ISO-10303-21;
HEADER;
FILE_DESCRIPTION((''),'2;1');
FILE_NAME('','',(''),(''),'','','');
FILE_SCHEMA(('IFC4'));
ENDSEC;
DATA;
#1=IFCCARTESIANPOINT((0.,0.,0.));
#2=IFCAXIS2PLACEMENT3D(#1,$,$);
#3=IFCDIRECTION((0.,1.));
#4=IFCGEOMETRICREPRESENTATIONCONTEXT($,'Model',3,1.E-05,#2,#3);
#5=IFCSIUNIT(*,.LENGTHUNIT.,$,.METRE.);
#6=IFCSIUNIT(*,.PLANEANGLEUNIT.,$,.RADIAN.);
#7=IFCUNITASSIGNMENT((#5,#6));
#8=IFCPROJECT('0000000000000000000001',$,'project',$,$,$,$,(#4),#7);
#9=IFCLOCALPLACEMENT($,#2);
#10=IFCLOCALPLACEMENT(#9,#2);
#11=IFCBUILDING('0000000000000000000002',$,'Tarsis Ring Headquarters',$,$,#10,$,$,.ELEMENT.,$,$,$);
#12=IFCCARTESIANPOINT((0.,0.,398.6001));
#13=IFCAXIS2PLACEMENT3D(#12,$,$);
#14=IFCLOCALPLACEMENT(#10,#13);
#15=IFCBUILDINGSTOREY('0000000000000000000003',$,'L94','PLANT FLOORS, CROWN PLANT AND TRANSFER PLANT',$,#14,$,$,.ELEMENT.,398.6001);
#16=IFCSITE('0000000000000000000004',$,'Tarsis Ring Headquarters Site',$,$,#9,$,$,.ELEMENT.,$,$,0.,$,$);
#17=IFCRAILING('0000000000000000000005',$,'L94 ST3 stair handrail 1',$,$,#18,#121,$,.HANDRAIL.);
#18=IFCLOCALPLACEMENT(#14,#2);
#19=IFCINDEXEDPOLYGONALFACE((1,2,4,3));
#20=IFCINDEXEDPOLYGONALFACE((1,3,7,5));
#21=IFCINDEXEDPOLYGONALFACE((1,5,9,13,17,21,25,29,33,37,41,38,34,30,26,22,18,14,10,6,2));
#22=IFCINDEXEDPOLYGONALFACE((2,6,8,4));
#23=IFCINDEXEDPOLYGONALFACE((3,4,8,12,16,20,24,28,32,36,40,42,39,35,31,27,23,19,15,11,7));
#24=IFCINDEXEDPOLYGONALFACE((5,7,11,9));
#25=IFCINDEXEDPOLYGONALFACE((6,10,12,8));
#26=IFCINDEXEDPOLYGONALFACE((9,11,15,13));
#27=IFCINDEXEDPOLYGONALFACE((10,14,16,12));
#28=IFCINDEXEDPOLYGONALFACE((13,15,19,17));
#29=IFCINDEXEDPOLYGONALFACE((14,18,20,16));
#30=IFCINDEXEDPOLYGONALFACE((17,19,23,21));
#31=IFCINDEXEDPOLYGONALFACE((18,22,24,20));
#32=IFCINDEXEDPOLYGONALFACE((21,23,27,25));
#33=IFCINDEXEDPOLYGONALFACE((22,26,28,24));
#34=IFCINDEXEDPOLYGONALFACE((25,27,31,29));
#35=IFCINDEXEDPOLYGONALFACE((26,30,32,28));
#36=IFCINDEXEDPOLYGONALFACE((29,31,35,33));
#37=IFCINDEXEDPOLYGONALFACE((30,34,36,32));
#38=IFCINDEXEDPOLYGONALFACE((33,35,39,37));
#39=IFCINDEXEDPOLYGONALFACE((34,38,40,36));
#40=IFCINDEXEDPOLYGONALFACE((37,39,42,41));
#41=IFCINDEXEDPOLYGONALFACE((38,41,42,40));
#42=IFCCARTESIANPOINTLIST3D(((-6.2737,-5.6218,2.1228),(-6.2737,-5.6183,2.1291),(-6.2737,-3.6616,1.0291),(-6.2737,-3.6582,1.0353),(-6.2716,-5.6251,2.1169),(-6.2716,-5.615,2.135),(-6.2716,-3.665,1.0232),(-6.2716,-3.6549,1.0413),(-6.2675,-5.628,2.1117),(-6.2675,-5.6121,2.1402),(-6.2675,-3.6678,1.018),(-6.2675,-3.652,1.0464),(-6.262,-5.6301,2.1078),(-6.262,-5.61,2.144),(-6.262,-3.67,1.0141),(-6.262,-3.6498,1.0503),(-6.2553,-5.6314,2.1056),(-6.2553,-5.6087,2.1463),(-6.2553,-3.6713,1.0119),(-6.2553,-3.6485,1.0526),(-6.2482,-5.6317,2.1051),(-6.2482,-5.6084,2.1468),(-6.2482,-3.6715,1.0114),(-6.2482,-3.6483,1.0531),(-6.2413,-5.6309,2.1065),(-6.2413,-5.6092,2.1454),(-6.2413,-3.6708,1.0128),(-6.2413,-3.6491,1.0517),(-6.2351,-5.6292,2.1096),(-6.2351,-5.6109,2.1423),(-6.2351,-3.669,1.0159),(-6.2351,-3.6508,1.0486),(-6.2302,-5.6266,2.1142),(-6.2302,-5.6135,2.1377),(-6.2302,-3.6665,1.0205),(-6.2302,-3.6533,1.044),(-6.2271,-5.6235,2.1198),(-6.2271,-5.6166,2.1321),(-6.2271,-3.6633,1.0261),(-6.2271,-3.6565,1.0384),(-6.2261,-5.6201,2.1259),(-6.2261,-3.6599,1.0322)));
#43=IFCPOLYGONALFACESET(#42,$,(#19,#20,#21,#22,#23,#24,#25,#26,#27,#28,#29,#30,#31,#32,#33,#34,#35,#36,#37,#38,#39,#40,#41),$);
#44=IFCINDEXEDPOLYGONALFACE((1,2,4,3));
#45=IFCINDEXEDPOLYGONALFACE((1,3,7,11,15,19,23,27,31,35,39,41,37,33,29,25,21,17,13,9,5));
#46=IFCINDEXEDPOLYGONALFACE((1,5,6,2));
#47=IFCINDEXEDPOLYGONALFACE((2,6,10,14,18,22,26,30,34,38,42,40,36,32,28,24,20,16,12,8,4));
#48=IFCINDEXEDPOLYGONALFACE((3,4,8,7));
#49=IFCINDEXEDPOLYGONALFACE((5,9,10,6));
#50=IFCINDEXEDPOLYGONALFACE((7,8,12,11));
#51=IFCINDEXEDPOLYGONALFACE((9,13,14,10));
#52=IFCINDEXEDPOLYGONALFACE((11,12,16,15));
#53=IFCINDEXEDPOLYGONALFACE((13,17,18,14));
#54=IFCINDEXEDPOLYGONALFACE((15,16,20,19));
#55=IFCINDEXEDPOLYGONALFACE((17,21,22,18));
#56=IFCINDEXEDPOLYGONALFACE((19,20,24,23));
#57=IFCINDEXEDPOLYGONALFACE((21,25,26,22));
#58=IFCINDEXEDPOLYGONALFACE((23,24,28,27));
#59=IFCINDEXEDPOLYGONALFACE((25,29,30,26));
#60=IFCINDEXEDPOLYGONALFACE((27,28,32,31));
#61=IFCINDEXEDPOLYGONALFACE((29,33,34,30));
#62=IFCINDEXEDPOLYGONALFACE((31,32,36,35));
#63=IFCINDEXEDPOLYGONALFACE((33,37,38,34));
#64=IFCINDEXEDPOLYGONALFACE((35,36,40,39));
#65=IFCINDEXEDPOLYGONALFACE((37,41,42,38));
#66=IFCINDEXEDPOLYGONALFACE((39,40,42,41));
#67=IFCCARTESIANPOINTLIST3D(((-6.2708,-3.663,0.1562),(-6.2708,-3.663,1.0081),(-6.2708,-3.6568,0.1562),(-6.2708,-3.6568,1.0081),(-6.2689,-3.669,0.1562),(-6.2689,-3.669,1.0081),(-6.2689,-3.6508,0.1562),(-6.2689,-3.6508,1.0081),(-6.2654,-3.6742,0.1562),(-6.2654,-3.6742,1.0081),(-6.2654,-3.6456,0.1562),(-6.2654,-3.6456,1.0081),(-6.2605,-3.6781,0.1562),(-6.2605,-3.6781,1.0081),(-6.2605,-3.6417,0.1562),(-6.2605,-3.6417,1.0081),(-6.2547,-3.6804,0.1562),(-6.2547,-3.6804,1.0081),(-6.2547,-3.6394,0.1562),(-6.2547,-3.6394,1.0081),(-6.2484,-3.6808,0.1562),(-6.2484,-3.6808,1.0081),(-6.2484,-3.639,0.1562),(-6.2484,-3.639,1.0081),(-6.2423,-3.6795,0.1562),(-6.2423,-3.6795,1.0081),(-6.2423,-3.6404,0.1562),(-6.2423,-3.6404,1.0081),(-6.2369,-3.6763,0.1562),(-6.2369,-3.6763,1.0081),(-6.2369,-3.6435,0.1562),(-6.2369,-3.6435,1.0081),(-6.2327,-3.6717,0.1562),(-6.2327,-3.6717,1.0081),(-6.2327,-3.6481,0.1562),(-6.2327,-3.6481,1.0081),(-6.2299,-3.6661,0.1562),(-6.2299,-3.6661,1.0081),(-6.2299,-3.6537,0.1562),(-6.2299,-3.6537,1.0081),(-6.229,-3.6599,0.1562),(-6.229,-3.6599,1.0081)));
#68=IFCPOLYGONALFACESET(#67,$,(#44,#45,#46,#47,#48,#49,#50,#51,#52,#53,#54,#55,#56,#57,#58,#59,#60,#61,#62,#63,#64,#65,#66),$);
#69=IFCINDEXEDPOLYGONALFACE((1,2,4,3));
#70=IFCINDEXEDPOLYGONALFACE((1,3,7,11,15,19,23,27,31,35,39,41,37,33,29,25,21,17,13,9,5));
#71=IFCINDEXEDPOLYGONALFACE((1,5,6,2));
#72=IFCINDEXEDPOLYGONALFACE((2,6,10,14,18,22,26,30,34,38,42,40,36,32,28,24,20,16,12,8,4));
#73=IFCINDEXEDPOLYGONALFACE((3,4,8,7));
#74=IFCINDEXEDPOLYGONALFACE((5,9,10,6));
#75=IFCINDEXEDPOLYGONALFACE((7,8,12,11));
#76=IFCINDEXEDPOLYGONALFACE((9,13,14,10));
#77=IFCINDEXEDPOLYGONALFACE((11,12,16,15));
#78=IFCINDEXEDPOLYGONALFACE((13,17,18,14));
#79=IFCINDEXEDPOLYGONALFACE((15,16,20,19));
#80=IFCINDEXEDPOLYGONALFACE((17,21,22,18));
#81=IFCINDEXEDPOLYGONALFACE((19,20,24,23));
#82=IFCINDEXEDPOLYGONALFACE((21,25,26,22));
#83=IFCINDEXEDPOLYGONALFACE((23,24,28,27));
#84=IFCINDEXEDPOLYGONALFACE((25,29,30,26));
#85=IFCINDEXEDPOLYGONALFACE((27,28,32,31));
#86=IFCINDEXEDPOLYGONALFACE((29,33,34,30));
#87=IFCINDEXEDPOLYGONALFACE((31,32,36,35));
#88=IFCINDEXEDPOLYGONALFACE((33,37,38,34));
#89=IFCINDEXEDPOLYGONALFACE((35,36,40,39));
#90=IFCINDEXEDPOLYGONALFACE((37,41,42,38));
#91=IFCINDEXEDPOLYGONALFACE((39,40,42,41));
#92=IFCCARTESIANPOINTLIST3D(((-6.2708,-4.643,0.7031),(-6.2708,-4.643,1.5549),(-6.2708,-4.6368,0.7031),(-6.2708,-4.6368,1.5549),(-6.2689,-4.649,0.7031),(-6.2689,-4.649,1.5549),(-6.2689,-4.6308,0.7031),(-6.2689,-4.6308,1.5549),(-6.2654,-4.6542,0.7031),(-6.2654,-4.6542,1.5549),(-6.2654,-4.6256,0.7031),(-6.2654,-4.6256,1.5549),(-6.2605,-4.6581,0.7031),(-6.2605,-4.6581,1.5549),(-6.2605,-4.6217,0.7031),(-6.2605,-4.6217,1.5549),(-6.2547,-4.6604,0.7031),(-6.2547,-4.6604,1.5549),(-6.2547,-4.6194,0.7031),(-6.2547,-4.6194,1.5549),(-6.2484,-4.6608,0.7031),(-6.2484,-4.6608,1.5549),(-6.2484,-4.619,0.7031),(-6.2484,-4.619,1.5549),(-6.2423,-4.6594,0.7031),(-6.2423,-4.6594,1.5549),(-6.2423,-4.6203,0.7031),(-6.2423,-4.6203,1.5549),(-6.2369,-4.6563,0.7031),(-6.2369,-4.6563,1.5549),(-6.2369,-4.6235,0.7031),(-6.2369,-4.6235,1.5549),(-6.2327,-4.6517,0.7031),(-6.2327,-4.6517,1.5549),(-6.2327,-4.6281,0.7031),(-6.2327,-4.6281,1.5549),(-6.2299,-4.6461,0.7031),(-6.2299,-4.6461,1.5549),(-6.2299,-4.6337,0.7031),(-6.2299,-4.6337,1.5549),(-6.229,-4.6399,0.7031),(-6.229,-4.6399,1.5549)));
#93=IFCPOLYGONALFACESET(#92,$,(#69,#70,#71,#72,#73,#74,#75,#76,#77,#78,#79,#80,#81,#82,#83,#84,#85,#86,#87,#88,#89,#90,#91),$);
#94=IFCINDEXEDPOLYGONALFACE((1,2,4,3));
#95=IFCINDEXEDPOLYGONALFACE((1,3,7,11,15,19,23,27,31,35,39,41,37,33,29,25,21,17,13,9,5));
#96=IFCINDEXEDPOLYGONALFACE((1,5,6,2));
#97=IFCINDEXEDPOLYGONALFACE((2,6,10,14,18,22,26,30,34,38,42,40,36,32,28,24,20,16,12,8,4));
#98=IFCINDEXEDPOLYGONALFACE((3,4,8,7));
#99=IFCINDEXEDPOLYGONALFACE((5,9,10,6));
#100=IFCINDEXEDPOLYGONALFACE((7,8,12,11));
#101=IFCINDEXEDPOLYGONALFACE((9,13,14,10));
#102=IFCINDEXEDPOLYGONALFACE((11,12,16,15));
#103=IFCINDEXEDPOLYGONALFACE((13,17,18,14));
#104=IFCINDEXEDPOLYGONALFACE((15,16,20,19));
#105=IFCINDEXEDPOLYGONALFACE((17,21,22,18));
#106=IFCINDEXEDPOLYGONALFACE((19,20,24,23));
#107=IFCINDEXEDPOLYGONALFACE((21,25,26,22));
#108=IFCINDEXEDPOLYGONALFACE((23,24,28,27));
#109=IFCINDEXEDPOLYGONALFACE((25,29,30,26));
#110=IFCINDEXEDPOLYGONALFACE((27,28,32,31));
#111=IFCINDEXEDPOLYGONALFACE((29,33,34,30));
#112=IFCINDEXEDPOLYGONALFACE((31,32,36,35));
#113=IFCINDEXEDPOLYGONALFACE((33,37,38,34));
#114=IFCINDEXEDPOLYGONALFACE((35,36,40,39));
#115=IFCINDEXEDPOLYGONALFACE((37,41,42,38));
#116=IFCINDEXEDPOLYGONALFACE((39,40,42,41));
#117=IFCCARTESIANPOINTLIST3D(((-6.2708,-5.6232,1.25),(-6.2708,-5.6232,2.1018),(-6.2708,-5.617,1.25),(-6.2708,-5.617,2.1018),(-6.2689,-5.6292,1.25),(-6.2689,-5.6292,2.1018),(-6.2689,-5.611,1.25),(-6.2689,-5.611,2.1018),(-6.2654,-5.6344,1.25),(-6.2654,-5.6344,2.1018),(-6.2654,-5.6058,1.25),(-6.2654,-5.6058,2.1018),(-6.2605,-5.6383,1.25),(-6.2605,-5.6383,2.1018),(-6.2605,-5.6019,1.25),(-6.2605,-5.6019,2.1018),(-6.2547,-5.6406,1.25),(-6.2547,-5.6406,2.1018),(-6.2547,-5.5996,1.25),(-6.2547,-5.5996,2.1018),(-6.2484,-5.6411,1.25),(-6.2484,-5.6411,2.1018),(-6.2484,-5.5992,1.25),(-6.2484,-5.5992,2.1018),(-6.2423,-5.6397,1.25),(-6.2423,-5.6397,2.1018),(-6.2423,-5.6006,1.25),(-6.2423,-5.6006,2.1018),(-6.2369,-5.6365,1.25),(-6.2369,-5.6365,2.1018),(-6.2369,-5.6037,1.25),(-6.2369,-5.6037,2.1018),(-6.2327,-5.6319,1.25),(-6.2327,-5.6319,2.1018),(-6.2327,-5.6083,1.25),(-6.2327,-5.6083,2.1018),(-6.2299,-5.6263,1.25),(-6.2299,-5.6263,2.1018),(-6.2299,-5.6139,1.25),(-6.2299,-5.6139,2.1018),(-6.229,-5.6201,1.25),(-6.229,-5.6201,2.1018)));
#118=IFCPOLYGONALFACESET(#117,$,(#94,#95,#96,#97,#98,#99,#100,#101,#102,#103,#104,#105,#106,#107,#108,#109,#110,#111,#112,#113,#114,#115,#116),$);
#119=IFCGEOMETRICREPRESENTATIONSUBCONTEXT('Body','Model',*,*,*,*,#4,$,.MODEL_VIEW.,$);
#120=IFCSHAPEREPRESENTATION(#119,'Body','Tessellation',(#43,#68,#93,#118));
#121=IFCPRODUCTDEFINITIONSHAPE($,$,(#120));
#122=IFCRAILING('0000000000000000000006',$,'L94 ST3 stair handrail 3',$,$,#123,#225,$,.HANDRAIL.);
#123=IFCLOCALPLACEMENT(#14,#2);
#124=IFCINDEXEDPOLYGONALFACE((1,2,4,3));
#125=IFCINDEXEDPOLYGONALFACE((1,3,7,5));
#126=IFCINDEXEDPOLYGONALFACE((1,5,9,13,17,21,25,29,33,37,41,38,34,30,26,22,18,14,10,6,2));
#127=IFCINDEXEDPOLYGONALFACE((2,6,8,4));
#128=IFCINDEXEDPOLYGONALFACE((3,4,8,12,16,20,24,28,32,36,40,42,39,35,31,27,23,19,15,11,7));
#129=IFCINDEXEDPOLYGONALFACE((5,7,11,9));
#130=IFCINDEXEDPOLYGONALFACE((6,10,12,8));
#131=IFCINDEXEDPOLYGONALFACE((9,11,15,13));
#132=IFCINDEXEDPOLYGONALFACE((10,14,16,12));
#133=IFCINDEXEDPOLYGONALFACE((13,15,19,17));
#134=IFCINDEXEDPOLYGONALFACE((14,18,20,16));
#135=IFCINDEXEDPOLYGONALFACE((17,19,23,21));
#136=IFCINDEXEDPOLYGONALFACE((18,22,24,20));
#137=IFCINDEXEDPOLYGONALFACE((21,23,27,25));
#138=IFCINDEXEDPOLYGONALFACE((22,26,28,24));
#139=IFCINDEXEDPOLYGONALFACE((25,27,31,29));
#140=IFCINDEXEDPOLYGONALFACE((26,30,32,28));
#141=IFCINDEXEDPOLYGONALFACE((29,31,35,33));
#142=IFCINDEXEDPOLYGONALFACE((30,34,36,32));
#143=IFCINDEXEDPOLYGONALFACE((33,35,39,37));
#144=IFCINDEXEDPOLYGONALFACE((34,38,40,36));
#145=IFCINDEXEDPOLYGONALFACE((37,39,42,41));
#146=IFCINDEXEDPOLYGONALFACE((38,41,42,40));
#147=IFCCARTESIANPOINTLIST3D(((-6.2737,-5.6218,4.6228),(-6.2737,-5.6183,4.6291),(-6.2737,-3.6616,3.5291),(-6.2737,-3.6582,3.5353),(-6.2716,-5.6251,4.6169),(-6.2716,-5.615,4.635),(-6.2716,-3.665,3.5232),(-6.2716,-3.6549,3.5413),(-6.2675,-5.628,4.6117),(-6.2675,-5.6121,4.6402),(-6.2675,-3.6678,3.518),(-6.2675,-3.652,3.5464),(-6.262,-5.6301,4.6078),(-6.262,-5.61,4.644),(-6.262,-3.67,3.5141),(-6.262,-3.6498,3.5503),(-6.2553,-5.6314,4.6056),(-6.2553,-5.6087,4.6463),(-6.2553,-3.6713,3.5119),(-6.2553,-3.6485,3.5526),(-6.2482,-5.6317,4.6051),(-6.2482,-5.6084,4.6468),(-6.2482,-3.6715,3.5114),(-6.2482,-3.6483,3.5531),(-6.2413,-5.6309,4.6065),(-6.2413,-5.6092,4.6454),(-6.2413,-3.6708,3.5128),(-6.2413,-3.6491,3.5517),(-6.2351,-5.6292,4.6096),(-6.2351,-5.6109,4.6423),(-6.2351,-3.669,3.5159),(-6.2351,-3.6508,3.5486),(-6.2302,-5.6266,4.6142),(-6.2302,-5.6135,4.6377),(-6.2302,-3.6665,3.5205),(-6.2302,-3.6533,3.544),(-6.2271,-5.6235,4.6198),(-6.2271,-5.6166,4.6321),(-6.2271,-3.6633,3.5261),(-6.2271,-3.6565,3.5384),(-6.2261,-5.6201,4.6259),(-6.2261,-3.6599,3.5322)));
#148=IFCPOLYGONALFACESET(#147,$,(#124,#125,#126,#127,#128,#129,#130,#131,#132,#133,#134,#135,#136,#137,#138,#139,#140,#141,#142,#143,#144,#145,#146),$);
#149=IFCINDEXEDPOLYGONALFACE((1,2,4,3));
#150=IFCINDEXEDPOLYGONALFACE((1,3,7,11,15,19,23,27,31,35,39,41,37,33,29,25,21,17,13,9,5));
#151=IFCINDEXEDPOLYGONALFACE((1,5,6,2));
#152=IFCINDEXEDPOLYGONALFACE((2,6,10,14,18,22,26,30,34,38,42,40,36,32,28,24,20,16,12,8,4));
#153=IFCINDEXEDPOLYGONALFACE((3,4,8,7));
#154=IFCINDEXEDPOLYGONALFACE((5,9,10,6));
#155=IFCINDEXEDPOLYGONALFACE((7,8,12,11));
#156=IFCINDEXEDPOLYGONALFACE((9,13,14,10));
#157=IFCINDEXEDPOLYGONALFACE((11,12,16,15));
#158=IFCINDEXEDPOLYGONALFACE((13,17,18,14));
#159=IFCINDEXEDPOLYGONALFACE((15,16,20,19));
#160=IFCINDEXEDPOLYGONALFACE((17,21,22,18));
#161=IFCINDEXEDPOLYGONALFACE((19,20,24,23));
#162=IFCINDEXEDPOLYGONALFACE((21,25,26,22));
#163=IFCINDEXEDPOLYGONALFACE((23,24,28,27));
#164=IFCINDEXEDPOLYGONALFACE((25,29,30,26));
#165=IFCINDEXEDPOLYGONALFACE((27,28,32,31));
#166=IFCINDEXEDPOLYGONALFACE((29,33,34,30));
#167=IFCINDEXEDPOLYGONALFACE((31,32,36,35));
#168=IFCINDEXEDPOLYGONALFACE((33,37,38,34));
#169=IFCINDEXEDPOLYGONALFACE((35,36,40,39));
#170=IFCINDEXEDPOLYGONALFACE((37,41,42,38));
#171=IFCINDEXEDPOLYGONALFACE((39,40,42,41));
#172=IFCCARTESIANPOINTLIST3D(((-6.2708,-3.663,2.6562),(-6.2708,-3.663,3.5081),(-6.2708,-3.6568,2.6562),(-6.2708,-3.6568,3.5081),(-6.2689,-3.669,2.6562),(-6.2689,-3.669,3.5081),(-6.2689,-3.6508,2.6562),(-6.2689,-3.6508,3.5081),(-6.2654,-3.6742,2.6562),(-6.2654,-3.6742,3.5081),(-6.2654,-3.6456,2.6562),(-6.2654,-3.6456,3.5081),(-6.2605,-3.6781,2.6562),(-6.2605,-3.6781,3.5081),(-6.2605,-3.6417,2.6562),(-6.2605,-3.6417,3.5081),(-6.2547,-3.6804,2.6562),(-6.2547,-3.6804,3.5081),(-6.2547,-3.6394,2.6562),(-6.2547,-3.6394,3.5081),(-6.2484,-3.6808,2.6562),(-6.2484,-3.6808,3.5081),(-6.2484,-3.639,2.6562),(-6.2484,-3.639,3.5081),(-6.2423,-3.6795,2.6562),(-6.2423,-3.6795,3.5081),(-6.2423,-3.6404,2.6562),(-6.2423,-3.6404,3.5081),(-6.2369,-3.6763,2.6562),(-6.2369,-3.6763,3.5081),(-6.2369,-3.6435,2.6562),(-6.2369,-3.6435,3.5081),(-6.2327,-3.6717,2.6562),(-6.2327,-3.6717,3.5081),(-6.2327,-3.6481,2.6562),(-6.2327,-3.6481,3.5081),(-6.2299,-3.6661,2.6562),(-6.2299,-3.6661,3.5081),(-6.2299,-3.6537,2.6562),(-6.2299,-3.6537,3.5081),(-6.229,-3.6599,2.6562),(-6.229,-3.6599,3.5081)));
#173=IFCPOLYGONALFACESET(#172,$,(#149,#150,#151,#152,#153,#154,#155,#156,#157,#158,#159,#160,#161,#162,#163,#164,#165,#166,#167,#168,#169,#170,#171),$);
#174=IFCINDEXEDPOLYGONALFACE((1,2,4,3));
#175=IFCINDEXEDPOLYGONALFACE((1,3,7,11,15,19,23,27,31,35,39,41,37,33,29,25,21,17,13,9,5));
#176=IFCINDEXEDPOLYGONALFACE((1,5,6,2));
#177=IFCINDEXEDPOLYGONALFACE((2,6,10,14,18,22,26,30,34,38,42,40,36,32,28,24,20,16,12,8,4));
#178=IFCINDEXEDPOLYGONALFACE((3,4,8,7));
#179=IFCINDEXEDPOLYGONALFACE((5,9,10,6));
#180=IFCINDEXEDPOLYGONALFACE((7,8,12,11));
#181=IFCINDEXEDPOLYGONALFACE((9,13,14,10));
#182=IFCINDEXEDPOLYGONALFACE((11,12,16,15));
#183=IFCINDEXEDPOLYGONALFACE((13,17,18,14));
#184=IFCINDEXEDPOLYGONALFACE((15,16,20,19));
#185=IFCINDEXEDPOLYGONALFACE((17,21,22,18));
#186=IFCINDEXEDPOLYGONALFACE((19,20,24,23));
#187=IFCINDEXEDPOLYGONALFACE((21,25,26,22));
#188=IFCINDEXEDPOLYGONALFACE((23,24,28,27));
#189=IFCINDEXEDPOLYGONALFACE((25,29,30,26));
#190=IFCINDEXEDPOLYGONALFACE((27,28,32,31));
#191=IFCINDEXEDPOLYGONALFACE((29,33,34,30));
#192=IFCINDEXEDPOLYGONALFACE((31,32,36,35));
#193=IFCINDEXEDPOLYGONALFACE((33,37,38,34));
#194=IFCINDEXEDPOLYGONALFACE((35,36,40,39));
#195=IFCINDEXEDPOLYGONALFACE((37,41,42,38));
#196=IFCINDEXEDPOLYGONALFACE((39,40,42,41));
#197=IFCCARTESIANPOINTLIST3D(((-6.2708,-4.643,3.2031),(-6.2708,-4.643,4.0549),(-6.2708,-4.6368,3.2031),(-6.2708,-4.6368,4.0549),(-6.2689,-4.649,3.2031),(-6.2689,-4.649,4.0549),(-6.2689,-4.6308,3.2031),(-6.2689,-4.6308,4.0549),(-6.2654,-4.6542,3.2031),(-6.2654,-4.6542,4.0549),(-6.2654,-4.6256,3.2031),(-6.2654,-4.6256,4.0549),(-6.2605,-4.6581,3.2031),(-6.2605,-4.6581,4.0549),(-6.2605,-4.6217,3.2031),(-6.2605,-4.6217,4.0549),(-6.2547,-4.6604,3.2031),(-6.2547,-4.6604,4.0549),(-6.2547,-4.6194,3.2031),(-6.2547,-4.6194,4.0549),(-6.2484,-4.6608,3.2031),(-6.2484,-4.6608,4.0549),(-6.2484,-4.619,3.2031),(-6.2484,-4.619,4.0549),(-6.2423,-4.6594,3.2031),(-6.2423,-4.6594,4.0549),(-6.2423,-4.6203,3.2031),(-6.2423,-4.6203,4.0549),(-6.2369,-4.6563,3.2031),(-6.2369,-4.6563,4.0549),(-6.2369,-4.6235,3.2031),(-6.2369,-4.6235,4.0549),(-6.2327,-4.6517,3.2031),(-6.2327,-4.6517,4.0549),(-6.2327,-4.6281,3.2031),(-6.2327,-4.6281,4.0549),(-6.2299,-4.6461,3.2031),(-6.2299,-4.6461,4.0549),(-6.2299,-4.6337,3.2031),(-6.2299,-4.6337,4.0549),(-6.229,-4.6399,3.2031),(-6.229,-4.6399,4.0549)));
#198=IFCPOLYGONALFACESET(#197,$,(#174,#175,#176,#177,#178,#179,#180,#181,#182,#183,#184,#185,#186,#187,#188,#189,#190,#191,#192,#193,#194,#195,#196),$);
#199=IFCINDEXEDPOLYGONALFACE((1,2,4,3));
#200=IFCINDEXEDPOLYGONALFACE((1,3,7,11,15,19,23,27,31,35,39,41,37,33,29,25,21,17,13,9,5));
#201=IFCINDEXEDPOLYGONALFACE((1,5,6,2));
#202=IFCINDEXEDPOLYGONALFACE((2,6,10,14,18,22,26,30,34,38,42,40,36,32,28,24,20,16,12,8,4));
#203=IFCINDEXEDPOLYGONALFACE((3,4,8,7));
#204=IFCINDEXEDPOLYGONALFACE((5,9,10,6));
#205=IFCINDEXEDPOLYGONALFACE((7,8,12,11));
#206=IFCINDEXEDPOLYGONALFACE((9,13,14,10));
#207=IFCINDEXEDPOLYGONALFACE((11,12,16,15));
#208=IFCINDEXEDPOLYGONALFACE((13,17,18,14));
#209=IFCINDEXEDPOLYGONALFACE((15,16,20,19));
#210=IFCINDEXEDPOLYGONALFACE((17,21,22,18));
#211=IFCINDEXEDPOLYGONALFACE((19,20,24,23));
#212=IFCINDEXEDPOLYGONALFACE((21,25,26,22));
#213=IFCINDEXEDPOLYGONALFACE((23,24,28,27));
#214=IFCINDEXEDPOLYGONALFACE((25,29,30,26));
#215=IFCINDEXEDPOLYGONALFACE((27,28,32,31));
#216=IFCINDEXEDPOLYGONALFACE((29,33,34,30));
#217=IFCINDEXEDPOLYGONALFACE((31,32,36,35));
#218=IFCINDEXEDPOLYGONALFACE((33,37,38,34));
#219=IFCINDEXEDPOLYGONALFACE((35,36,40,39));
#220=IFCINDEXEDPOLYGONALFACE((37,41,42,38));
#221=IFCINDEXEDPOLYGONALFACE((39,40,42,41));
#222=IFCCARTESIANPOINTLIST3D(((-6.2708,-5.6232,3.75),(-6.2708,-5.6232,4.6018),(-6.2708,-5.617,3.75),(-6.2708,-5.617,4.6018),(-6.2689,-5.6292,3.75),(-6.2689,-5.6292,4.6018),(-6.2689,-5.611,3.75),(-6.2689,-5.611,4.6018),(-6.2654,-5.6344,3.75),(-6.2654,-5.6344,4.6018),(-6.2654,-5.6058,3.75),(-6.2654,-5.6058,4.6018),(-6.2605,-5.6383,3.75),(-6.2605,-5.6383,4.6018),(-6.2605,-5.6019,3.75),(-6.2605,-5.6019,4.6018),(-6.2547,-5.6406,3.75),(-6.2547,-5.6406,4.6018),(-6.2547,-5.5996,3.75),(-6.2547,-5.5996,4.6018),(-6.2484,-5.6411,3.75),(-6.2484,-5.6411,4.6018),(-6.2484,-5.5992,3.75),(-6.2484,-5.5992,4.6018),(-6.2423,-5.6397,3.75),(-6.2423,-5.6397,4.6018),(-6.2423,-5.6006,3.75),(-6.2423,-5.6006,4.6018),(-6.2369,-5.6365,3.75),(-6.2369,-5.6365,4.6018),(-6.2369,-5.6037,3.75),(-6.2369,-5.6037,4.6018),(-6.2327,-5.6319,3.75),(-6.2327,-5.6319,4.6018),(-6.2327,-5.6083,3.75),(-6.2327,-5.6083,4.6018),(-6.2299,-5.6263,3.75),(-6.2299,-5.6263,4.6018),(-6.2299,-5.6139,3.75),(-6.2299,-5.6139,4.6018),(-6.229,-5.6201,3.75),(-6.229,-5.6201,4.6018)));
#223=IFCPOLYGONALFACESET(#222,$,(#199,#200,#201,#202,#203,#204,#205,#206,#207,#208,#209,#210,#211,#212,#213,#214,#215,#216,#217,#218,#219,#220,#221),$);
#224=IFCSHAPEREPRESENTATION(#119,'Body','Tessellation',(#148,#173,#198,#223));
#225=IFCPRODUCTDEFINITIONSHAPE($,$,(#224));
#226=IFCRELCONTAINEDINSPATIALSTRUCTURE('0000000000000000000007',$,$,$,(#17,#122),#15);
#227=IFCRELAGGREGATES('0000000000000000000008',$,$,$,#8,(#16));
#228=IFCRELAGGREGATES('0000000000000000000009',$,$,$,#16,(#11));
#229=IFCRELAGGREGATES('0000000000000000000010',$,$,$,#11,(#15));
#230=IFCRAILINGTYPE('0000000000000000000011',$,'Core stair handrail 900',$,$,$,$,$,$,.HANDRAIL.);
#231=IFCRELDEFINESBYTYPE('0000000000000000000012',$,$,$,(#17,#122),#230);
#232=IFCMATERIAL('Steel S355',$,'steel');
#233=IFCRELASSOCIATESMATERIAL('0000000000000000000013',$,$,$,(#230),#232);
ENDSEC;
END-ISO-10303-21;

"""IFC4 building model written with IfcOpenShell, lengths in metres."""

from ifc_helpers import new_model, si_unit, direction, frame, origin, origin_2d, place, context, subcontext, project, spatial, circle, extrude, material, type_object, element, save


model = new_model("IFC4")

# Units and contexts
model_context = context("Model", 3, precision=1e-05, world=origin(), true_north=direction((0.0, 1.0)))
body_context = subcontext(model_context, "Body", "Model", "MODEL_VIEW")
ifc_project = project(units=[si_unit("LENGTHUNIT", "METRE"), si_unit("PLANEANGLEUNIT", "RADIAN")], contexts=[model_context])

# Site, building, storey
site_placement = place(None, origin())
site = spatial("IfcSite", under=ifc_project, at=site_placement, Name="Tarsis Ring Headquarters Site", CompositionType="ELEMENT", RefElevation=0.0)
building_placement = place(site_placement, origin())
building = spatial("IfcBuilding", under=site, at=building_placement, Name="Tarsis Ring Headquarters", CompositionType="ELEMENT")
storey_placement = place(building_placement, frame((0.0, 0.0, 398.6001)))
storey = spatial("IfcBuildingStorey", under=building, at=storey_placement, Name="L94", Description="PLANT FLOORS, CROWN PLANT AND TRANSFER PLANT", CompositionType="ELEMENT", Elevation=398.6001)

# Shared definitions
ifc_material_1 = material(Name="Steel S355", Category="steel")

# Railings
railing_type_1 = type_object("IfcRailingType", Name="Core stair handrail 900", PredefinedType="HANDRAIL", material=ifc_material_1)
for number, where, name in (
    (1, (-6.25, -3.6599, 0.1562), "L94 ST3 stair handrail 1"),
    (2, (-6.25, -3.6599, 2.6562), "L94 ST3 stair handrail 3"),
):
    element("IfcRailing", number, at=place(storey_placement, frame(where)), inside=storey, type_object=railing_type_1, Name=name, PredefinedType="HANDRAIL", context=body_context, shape_type="SweptSolid", body=[
        extrude(circle(Radius=0.0239, at=origin_2d()), frame((0.0, 0.0, 0.876), z_axis=(0.0, -0.873258, 0.487258), x_axis=(1.0, 0.0, 0.0)), (0.0, 0.0, 1.0), 2.2446),
        extrude(circle(Radius=0.021, at=origin_2d()), origin(), (0.0, 0.0, 1.0), 0.8518),
        extrude(circle(Radius=0.021, at=origin_2d()), frame((0.0, -0.98, 0.5469)), (0.0, 0.0, 1.0), 0.8518),
        extrude(circle(Radius=0.021, at=origin_2d()), frame((0.0, -1.9602, 1.0938)), (0.0, 0.0, 1.0), 0.8518),
    ])

save(model, "model.ifc")
